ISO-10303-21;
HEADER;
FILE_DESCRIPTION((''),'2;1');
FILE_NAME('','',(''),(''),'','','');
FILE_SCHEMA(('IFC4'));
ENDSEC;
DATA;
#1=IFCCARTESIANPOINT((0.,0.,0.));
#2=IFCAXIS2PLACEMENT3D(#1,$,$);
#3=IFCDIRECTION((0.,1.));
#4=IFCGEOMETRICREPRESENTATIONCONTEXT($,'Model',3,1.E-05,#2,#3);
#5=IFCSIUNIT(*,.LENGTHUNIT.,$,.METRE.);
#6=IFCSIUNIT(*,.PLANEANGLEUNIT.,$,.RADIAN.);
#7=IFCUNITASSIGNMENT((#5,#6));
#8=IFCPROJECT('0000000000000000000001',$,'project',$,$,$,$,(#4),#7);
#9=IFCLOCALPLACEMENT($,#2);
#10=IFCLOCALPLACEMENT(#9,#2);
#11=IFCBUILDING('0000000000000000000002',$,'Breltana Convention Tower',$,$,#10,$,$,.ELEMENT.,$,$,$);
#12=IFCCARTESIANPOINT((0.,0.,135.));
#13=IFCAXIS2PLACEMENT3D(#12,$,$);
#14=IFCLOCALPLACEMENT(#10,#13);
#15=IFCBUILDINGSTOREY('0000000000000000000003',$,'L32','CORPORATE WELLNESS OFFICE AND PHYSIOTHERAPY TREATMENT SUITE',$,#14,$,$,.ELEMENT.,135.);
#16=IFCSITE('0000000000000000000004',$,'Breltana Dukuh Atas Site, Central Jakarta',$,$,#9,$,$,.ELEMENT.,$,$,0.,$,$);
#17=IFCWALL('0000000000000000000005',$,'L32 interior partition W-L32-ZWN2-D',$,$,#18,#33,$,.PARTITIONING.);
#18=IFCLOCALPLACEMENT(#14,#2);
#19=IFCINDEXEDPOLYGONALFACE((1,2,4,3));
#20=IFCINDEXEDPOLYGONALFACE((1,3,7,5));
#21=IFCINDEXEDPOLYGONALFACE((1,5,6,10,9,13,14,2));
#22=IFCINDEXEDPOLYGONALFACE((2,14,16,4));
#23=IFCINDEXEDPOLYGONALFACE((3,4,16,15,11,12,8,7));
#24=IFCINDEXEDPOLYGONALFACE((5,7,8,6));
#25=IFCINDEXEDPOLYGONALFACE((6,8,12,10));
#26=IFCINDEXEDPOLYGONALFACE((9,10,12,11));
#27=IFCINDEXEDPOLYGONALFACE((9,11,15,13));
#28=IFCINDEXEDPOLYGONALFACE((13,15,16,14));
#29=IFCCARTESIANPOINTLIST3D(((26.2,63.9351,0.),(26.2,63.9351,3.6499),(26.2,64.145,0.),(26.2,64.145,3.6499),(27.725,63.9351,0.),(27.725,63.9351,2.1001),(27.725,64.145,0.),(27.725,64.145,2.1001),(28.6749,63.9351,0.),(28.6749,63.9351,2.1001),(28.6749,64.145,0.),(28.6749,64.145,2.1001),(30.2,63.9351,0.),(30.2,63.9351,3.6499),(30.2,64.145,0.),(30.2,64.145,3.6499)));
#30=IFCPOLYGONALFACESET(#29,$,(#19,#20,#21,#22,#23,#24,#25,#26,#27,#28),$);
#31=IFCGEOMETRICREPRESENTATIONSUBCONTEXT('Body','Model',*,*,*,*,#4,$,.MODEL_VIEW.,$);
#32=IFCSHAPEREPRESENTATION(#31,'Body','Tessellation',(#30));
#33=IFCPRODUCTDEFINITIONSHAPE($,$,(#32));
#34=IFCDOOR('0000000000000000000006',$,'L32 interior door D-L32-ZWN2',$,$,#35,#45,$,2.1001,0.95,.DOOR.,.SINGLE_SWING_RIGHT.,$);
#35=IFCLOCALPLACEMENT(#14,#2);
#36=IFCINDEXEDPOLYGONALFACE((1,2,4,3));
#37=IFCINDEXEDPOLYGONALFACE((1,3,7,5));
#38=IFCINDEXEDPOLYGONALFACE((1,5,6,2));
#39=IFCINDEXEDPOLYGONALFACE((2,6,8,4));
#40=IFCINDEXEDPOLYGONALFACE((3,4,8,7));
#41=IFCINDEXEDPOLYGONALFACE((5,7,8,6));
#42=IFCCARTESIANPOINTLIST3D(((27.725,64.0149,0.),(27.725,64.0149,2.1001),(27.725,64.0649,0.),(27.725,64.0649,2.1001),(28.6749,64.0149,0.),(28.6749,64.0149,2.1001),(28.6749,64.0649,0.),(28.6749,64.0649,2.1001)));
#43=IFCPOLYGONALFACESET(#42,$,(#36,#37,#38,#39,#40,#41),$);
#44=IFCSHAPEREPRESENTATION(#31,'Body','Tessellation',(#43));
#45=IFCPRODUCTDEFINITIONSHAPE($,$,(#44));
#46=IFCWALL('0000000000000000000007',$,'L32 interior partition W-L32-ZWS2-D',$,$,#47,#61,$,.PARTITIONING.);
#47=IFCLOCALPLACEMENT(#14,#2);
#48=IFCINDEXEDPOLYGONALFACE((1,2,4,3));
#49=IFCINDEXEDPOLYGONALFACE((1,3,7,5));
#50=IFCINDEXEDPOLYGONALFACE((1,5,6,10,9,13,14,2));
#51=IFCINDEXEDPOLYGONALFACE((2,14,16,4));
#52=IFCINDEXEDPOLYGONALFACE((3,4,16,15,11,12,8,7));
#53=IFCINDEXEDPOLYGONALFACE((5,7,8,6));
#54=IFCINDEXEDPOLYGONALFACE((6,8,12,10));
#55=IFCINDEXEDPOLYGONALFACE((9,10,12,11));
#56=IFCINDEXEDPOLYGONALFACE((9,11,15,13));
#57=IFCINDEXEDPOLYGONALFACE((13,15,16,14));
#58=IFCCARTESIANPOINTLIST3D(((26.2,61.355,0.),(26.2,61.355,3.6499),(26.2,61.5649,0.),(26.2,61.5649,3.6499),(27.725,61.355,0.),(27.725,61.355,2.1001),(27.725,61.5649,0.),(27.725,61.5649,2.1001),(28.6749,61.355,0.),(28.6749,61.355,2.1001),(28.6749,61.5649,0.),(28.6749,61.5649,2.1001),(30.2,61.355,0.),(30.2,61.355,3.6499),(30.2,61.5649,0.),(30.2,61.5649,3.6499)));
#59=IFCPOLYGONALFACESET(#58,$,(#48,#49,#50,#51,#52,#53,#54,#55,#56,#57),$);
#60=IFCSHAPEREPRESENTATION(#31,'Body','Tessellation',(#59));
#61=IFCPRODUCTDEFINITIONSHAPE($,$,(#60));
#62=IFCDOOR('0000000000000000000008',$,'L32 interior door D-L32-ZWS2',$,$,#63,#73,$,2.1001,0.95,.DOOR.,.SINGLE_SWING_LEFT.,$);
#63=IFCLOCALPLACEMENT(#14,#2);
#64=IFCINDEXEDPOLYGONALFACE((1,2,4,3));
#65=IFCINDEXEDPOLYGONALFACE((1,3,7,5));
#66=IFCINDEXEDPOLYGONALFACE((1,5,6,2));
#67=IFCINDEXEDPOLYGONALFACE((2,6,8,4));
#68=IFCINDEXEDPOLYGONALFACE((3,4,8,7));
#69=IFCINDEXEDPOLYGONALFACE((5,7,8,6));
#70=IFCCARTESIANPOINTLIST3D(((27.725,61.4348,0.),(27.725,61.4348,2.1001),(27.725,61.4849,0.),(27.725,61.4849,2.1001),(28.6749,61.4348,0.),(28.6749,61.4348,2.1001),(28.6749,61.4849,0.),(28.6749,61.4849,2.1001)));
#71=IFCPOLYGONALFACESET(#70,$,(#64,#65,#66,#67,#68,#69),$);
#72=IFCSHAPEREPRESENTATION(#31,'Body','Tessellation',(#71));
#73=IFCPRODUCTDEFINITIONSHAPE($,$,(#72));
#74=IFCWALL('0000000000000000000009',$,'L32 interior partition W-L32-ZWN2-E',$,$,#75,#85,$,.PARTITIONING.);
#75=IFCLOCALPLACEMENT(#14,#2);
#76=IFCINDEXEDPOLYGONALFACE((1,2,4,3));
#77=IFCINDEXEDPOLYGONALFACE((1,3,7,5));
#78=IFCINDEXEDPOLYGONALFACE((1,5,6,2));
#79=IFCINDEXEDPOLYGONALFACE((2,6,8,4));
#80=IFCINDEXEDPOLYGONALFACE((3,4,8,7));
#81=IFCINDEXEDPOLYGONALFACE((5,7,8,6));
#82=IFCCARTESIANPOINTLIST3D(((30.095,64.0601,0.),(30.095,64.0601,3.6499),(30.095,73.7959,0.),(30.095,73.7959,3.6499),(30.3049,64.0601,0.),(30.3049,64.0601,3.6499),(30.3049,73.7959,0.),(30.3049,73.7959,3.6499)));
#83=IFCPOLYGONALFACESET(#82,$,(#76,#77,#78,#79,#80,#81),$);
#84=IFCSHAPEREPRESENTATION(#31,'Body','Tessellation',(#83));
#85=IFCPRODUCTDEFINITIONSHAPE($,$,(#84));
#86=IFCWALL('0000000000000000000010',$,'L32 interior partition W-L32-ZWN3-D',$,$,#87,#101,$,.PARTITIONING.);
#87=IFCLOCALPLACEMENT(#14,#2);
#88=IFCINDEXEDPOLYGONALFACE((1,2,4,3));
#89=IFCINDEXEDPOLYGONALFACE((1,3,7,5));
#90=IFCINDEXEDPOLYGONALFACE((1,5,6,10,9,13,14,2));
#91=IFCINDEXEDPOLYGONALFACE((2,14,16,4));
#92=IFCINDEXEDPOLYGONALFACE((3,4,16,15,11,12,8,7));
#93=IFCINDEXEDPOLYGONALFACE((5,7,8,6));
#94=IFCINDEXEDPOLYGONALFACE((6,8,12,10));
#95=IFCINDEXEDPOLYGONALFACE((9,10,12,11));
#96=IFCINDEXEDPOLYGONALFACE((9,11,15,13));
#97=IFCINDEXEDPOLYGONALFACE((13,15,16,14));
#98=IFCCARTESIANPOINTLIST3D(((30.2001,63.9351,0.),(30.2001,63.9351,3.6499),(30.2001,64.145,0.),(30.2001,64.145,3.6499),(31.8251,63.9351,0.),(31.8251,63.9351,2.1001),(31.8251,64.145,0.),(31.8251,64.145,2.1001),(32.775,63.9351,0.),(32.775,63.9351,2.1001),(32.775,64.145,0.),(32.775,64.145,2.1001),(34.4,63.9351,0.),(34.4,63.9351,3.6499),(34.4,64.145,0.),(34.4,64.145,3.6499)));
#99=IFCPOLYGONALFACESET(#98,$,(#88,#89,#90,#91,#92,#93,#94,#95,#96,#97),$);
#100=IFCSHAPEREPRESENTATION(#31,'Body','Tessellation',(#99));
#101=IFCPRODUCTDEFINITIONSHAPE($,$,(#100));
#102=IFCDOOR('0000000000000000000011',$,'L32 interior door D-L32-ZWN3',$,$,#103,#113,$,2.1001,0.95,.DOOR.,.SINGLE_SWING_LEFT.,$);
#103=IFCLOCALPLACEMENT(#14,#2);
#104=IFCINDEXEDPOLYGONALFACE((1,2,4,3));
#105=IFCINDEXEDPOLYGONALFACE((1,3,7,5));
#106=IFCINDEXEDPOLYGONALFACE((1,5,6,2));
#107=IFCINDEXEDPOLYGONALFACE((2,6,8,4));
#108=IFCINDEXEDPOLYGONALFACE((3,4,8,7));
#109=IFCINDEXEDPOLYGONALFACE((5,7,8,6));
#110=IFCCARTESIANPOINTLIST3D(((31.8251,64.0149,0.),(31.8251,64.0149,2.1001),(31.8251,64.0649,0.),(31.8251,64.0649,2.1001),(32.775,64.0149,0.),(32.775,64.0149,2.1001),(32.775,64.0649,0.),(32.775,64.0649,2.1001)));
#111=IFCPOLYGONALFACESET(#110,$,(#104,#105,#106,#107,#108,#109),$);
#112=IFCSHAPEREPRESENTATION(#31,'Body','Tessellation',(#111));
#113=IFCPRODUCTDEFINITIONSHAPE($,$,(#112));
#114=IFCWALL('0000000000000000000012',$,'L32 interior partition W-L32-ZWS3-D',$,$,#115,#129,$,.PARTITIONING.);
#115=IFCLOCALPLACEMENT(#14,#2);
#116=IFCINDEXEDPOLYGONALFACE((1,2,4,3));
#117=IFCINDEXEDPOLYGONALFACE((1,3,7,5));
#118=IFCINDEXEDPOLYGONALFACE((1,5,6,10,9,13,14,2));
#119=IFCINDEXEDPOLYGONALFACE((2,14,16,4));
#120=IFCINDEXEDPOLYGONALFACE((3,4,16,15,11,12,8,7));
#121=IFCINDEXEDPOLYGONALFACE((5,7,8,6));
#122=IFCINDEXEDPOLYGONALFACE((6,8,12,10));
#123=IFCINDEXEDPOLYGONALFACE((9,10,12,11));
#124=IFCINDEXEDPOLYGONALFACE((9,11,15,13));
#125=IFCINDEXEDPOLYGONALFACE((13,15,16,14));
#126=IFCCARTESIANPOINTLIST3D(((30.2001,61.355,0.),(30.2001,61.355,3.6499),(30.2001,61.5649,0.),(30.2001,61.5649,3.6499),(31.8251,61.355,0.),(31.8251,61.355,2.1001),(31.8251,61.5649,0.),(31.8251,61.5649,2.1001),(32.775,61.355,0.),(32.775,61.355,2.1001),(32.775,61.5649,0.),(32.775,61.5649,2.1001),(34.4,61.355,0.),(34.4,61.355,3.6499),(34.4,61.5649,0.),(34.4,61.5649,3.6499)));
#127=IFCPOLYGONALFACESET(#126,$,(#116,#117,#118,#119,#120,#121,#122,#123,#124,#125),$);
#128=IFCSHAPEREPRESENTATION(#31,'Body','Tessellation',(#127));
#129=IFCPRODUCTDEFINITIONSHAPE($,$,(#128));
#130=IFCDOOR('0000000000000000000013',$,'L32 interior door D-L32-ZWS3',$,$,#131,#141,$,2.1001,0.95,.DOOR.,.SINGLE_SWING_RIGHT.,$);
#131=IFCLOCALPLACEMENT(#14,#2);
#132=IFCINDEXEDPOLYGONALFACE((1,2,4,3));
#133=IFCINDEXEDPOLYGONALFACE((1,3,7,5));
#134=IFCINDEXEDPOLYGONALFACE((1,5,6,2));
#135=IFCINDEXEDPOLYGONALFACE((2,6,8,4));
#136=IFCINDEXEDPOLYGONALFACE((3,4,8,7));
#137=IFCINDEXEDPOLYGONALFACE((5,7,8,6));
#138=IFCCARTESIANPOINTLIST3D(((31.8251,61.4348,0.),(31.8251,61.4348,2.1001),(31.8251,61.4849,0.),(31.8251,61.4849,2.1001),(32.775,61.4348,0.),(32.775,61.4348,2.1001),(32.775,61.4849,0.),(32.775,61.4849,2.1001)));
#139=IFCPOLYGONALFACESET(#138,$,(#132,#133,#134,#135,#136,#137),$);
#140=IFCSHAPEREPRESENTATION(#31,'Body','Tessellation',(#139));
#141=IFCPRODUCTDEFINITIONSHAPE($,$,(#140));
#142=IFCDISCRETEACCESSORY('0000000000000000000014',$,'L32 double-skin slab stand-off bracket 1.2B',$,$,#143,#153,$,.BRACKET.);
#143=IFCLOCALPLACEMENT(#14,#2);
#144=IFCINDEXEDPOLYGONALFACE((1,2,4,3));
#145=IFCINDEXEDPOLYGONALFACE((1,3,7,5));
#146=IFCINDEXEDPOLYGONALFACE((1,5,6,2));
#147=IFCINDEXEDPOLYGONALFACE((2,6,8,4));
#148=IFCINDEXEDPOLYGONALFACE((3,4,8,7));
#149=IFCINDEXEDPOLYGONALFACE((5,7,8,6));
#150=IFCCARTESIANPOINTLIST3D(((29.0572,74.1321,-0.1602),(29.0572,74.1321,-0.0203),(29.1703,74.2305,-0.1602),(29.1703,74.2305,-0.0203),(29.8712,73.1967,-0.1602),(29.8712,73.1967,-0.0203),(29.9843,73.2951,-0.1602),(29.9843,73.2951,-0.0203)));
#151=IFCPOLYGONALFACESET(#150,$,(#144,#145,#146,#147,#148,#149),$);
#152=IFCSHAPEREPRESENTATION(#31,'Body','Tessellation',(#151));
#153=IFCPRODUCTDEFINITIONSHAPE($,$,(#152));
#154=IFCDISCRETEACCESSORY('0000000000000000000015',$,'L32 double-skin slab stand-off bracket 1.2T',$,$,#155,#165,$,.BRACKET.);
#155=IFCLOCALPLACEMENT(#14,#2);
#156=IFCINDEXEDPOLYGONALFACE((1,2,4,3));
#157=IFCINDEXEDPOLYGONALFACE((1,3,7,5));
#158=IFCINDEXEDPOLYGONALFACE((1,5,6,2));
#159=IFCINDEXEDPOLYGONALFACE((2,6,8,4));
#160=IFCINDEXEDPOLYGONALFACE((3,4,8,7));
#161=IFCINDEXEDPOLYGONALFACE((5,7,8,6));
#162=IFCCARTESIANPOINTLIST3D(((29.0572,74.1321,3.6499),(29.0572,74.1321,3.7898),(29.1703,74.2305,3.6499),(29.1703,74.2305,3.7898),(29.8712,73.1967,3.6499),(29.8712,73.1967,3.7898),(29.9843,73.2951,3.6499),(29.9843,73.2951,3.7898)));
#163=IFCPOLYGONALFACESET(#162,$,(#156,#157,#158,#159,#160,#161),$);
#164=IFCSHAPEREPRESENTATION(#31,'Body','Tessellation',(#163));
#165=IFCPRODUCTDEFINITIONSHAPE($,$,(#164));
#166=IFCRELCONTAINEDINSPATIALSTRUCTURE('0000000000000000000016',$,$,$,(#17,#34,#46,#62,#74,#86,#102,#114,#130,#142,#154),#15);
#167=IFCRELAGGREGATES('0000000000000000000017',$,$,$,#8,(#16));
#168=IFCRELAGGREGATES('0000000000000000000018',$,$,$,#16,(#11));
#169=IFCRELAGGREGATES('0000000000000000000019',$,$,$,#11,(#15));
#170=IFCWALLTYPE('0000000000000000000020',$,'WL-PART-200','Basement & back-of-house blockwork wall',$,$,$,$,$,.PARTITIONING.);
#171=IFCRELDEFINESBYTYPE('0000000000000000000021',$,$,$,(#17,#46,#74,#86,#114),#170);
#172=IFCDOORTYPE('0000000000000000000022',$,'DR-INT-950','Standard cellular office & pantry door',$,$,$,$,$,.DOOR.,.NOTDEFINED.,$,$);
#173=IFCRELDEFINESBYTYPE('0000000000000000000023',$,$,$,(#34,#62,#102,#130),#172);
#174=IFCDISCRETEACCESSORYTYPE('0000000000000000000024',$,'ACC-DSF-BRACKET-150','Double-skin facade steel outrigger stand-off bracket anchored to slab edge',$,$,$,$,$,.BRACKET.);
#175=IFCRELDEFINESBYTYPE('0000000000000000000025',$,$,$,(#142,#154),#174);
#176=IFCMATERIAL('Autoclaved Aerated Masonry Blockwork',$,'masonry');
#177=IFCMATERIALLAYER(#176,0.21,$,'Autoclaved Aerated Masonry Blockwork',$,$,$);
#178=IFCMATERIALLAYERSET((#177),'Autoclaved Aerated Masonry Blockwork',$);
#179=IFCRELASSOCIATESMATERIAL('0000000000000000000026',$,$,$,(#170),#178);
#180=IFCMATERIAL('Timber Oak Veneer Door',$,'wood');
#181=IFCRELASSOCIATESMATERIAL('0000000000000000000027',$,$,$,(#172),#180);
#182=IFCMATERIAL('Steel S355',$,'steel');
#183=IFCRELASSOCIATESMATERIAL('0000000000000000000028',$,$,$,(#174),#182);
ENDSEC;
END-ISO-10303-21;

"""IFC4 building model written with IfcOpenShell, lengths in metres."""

from ifc_helpers import new_model, si_unit, direction, frame, frame_2d, origin, origin_2d, place, context, subcontext, project, spatial, rectangle, extrude, source, transform, mapped, material, layer, layer_set, type_object, type_shapes, element, fill, save


model = new_model("IFC4")

# Units and contexts
model_context = context("Model", 3, precision=1e-05, world=origin(), true_north=direction((0.0, 1.0)))
body_context = subcontext(model_context, "Body", "Model", "MODEL_VIEW")
ifc_project = project(units=[si_unit("LENGTHUNIT", "METRE"), si_unit("PLANEANGLEUNIT", "RADIAN")], contexts=[model_context])

# Site, building, storey
site_placement = place(None, origin())
site = spatial("IfcSite", under=ifc_project, at=site_placement, Name="Breltana Dukuh Atas Site, Central Jakarta", CompositionType="ELEMENT", RefElevation=0.0)
building_placement = place(site_placement, origin())
building = spatial("IfcBuilding", under=site, at=building_placement, Name="Breltana Convention Tower", CompositionType="ELEMENT")
storey_placement = place(building_placement, frame((0.0, 0.0, 135.0)))
storey = spatial("IfcBuildingStorey", under=building, at=storey_placement, Name="L32", Description="CORPORATE WELLNESS OFFICE AND PHYSIOTHERAPY TREATMENT SUITE", CompositionType="ELEMENT", Elevation=135.0)

# Shared definitions
ifc_material_1 = material(Name="Autoclaved Aerated Masonry Blockwork", Category="masonry")
ifc_layer_1 = layer(ifc_material_1, 0.21, Name="Autoclaved Aerated Masonry Blockwork")
ifc_layer_set_1 = layer_set([ifc_layer_1], Name="Autoclaved Aerated Masonry Blockwork")
wall_type_1 = type_object("IfcWallType", Name="WL-PART-200", Description="Basement & back-of-house blockwork wall", PredefinedType="PARTITIONING", material=ifc_layer_set_1)
ifc_material_2 = material(Name="Timber Oak Veneer Door", Category="wood")
door_type = type_object("IfcDoorType", Name="DR-INT-950", Description="Standard cellular office & pantry door", OperationType="NOTDEFINED", PredefinedType="DOOR", material=ifc_material_2)
shared_shape_1 = source(origin(), body_context, "Body", "SweptSolid", [
    extrude(rectangle(XDim=0.95, YDim=2.1001, at=frame_2d((0.4751, 1.05))), frame((0.0, 0.0249, 0.0), z_axis=(0.0, -1.0, 0.0), x_axis=(1.0, 0.0, 0.0)), (0.0, 0.0, 1.0), 0.05),
])
type_shapes(door_type, [shared_shape_1])

# Walls, openings, doors
shared_shape_2 = source(origin(), body_context, "Body", "SweptSolid", [
    extrude(rectangle(XDim=4.0, YDim=0.21, at=frame_2d((2.0, 0.0))), origin(), (0.0, 0.0, 1.0), 3.6499),
])
wall_1_placement = place(storey_placement, frame((26.2, 64.04, 0.0), z_axis=(0.0, 0.0, 1.0), x_axis=(1.0, 0.0, 0.0)))
wall_1 = element("IfcWall", 1, at=wall_1_placement, inside=storey, type_object=wall_type_1, Name="L32 interior partition W-L32-ZWN2-D", PredefinedType="PARTITIONING", context=body_context, shape_type="MappedRepresentation", body=[
    mapped(shared_shape_2, transform((0.0, 0.0, 0.0), scale=1.0)),
])
opening_1_placement = place(wall_1_placement, frame((1.5249, 0.0, 0.0)))
opening_1 = element("IfcOpeningElement", 2, at=opening_1_placement, cuts=wall_1, PredefinedType="OPENING", context=body_context, shape_type="SweptSolid", body=[
    extrude(rectangle(XDim=0.95, YDim=2.1001, at=frame_2d((0.4751, 1.05))), frame((0.0, 0.115, 0.0), z_axis=(0.0, -1.0, 0.0), x_axis=(1.0, 0.0, 0.0)), (0.0, 0.0, 1.0), 0.23),
])
door_1_placement = place(opening_1_placement, origin())
door_1 = element("IfcDoor", 3, at=door_1_placement, inside=storey, type_object=door_type, Name="L32 interior door D-L32-ZWN2", OperationType="SINGLE_SWING_RIGHT", OverallHeight=2.1001, OverallWidth=0.95, PredefinedType="DOOR", context=body_context, shape_type="MappedRepresentation", body=[
    mapped(shared_shape_1, transform((0.0, 0.0, 0.0), scale=1.0)),
])
fill(opening_1, door_1)
wall_2_placement = place(storey_placement, frame((26.2, 61.46, 0.0), z_axis=(0.0, 0.0, 1.0), x_axis=(1.0, 0.0, 0.0)))
wall_2 = element("IfcWall", 4, at=wall_2_placement, inside=storey, type_object=wall_type_1, Name="L32 interior partition W-L32-ZWS2-D", PredefinedType="PARTITIONING", context=body_context, shape_type="MappedRepresentation", body=[
    mapped(shared_shape_2, transform((0.0, 0.0, 0.0), scale=1.0)),
])
opening_2_placement = place(wall_2_placement, frame((1.5249, 0.0, 0.0)))
opening_2 = element("IfcOpeningElement", 5, at=opening_2_placement, cuts=wall_2, PredefinedType="OPENING", context=body_context, shape_type="SweptSolid", body=[
    extrude(rectangle(XDim=0.95, YDim=2.1001, at=frame_2d((0.4751, 1.05))), frame((0.0, 0.115, 0.0), z_axis=(0.0, -1.0, 0.0), x_axis=(1.0, 0.0, 0.0)), (0.0, 0.0, 1.0), 0.23),
])
door_2_placement = place(opening_2_placement, origin())
door_2 = element("IfcDoor", 6, at=door_2_placement, inside=storey, type_object=door_type, Name="L32 interior door D-L32-ZWS2", OperationType="SINGLE_SWING_LEFT", OverallHeight=2.1001, OverallWidth=0.95, PredefinedType="DOOR", context=body_context, shape_type="MappedRepresentation", body=[
    mapped(shared_shape_1, transform((0.0, 0.0, 0.0), scale=1.0)),
])
fill(opening_2, door_2)

# Wall
shared_shape_3 = source(origin(), body_context, "Body", "SweptSolid", [
    extrude(rectangle(XDim=9.7358, YDim=0.21, at=frame_2d((4.8679, 0.0))), origin(), (0.0, 0.0, 1.0), 3.6499),
])
wall_3_placement = place(storey_placement, frame((30.2, 64.0601, 0.0), z_axis=(0.0, 0.0, 1.0), x_axis=(0.0, 1.0, 0.0)))
element("IfcWall", 7, at=wall_3_placement, inside=storey, type_object=wall_type_1, Name="L32 interior partition W-L32-ZWN2-E", PredefinedType="PARTITIONING", context=body_context, shape_type="MappedRepresentation", body=[
    mapped(shared_shape_3, transform((0.0, 0.0, 0.0), scale=1.0)),
])

# Walls, openings, doors
shared_shape_4 = source(origin(), body_context, "Body", "SweptSolid", [
    extrude(rectangle(XDim=4.2, YDim=0.21, at=frame_2d((2.1001, 0.0))), origin(), (0.0, 0.0, 1.0), 3.6499),
])
wall_4_placement = place(storey_placement, frame((30.2, 64.04, 0.0), z_axis=(0.0, 0.0, 1.0), x_axis=(1.0, 0.0, 0.0)))
wall_4 = element("IfcWall", 8, at=wall_4_placement, inside=storey, type_object=wall_type_1, Name="L32 interior partition W-L32-ZWN3-D", PredefinedType="PARTITIONING", context=body_context, shape_type="MappedRepresentation", body=[
    mapped(shared_shape_4, transform((0.0, 0.0, 0.0), scale=1.0)),
])
opening_3_placement = place(wall_4_placement, frame((1.625, 0.0, 0.0)))
opening_3 = element("IfcOpeningElement", 9, at=opening_3_placement, cuts=wall_4, PredefinedType="OPENING", context=body_context, shape_type="SweptSolid", body=[
    extrude(rectangle(XDim=0.95, YDim=2.1001, at=frame_2d((0.4751, 1.05))), frame((0.0, 0.115, 0.0), z_axis=(0.0, -1.0, 0.0), x_axis=(1.0, 0.0, 0.0)), (0.0, 0.0, 1.0), 0.23),
])
door_3_placement = place(opening_3_placement, origin())
door_3 = element("IfcDoor", 10, at=door_3_placement, inside=storey, type_object=door_type, Name="L32 interior door D-L32-ZWN3", OperationType="SINGLE_SWING_LEFT", OverallHeight=2.1001, OverallWidth=0.95, PredefinedType="DOOR", context=body_context, shape_type="MappedRepresentation", body=[
    mapped(shared_shape_1, transform((0.0, 0.0, 0.0), scale=1.0)),
])
fill(opening_3, door_3)
wall_5_placement = place(storey_placement, frame((30.2, 61.46, 0.0), z_axis=(0.0, 0.0, 1.0), x_axis=(1.0, 0.0, 0.0)))
wall_5 = element("IfcWall", 11, at=wall_5_placement, inside=storey, type_object=wall_type_1, Name="L32 interior partition W-L32-ZWS3-D", PredefinedType="PARTITIONING", context=body_context, shape_type="MappedRepresentation", body=[
    mapped(shared_shape_4, transform((0.0, 0.0, 0.0), scale=1.0)),
])
opening_4_placement = place(wall_5_placement, frame((1.625, 0.0, 0.0)))
opening_4 = element("IfcOpeningElement", 12, at=opening_4_placement, cuts=wall_5, PredefinedType="OPENING", context=body_context, shape_type="SweptSolid", body=[
    extrude(rectangle(XDim=0.95, YDim=2.1001, at=frame_2d((0.4751, 1.05))), frame((0.0, 0.115, 0.0), z_axis=(0.0, -1.0, 0.0), x_axis=(1.0, 0.0, 0.0)), (0.0, 0.0, 1.0), 0.23),
])
door_4_placement = place(opening_4_placement, origin())
door_4 = element("IfcDoor", 13, at=door_4_placement, inside=storey, type_object=door_type, Name="L32 interior door D-L32-ZWS3", OperationType="SINGLE_SWING_RIGHT", OverallHeight=2.1001, OverallWidth=0.95, PredefinedType="DOOR", context=body_context, shape_type="MappedRepresentation", body=[
    mapped(shared_shape_1, transform((0.0, 0.0, 0.0), scale=1.0)),
])
fill(opening_4, door_4)

# Discrete accessories
ifc_material_3 = material(Name="Steel S355", Category="steel")
discrete_accessory_type_1 = type_object("IfcDiscreteAccessoryType", Name="ACC-DSF-BRACKET-150", Description="Double-skin facade steel outrigger stand-off bracket anchored to slab edge", PredefinedType="BRACKET", material=ifc_material_3)
shared_shape_5 = source(origin(), body_context, "Body", "SweptSolid", [
    extrude(rectangle(XDim=1.24, YDim=0.1499, at=origin_2d()), origin(), (0.0, 0.0, 1.0), 0.1399),
])
type_shapes(discrete_accessory_type_1, [shared_shape_5])
for number, where, z_axis, x_axis, name in (
    (14, (29.5208, 73.7136, -0.1602), (0.0, 0.0, 1.0), (-0.656454, 0.754366, 0.0), "L32 double-skin slab stand-off bracket 1.2B"),
    (15, (29.5208, 73.7136, 3.6499), (0.0, 0.0, 1.0), (-0.656454, 0.754366, 0.0), "L32 double-skin slab stand-off bracket 1.2T"),
):
    element("IfcDiscreteAccessory", number, at=place(storey_placement, frame(where, z_axis=z_axis, x_axis=x_axis)), inside=storey, type_object=discrete_accessory_type_1, Name=name, PredefinedType="BRACKET", context=body_context, shape_type="MappedRepresentation", body=[
        mapped(shared_shape_5, transform((0.0, 0.0, 0.0), scale=1.0)),
    ])

save(model, "model.ifc")
